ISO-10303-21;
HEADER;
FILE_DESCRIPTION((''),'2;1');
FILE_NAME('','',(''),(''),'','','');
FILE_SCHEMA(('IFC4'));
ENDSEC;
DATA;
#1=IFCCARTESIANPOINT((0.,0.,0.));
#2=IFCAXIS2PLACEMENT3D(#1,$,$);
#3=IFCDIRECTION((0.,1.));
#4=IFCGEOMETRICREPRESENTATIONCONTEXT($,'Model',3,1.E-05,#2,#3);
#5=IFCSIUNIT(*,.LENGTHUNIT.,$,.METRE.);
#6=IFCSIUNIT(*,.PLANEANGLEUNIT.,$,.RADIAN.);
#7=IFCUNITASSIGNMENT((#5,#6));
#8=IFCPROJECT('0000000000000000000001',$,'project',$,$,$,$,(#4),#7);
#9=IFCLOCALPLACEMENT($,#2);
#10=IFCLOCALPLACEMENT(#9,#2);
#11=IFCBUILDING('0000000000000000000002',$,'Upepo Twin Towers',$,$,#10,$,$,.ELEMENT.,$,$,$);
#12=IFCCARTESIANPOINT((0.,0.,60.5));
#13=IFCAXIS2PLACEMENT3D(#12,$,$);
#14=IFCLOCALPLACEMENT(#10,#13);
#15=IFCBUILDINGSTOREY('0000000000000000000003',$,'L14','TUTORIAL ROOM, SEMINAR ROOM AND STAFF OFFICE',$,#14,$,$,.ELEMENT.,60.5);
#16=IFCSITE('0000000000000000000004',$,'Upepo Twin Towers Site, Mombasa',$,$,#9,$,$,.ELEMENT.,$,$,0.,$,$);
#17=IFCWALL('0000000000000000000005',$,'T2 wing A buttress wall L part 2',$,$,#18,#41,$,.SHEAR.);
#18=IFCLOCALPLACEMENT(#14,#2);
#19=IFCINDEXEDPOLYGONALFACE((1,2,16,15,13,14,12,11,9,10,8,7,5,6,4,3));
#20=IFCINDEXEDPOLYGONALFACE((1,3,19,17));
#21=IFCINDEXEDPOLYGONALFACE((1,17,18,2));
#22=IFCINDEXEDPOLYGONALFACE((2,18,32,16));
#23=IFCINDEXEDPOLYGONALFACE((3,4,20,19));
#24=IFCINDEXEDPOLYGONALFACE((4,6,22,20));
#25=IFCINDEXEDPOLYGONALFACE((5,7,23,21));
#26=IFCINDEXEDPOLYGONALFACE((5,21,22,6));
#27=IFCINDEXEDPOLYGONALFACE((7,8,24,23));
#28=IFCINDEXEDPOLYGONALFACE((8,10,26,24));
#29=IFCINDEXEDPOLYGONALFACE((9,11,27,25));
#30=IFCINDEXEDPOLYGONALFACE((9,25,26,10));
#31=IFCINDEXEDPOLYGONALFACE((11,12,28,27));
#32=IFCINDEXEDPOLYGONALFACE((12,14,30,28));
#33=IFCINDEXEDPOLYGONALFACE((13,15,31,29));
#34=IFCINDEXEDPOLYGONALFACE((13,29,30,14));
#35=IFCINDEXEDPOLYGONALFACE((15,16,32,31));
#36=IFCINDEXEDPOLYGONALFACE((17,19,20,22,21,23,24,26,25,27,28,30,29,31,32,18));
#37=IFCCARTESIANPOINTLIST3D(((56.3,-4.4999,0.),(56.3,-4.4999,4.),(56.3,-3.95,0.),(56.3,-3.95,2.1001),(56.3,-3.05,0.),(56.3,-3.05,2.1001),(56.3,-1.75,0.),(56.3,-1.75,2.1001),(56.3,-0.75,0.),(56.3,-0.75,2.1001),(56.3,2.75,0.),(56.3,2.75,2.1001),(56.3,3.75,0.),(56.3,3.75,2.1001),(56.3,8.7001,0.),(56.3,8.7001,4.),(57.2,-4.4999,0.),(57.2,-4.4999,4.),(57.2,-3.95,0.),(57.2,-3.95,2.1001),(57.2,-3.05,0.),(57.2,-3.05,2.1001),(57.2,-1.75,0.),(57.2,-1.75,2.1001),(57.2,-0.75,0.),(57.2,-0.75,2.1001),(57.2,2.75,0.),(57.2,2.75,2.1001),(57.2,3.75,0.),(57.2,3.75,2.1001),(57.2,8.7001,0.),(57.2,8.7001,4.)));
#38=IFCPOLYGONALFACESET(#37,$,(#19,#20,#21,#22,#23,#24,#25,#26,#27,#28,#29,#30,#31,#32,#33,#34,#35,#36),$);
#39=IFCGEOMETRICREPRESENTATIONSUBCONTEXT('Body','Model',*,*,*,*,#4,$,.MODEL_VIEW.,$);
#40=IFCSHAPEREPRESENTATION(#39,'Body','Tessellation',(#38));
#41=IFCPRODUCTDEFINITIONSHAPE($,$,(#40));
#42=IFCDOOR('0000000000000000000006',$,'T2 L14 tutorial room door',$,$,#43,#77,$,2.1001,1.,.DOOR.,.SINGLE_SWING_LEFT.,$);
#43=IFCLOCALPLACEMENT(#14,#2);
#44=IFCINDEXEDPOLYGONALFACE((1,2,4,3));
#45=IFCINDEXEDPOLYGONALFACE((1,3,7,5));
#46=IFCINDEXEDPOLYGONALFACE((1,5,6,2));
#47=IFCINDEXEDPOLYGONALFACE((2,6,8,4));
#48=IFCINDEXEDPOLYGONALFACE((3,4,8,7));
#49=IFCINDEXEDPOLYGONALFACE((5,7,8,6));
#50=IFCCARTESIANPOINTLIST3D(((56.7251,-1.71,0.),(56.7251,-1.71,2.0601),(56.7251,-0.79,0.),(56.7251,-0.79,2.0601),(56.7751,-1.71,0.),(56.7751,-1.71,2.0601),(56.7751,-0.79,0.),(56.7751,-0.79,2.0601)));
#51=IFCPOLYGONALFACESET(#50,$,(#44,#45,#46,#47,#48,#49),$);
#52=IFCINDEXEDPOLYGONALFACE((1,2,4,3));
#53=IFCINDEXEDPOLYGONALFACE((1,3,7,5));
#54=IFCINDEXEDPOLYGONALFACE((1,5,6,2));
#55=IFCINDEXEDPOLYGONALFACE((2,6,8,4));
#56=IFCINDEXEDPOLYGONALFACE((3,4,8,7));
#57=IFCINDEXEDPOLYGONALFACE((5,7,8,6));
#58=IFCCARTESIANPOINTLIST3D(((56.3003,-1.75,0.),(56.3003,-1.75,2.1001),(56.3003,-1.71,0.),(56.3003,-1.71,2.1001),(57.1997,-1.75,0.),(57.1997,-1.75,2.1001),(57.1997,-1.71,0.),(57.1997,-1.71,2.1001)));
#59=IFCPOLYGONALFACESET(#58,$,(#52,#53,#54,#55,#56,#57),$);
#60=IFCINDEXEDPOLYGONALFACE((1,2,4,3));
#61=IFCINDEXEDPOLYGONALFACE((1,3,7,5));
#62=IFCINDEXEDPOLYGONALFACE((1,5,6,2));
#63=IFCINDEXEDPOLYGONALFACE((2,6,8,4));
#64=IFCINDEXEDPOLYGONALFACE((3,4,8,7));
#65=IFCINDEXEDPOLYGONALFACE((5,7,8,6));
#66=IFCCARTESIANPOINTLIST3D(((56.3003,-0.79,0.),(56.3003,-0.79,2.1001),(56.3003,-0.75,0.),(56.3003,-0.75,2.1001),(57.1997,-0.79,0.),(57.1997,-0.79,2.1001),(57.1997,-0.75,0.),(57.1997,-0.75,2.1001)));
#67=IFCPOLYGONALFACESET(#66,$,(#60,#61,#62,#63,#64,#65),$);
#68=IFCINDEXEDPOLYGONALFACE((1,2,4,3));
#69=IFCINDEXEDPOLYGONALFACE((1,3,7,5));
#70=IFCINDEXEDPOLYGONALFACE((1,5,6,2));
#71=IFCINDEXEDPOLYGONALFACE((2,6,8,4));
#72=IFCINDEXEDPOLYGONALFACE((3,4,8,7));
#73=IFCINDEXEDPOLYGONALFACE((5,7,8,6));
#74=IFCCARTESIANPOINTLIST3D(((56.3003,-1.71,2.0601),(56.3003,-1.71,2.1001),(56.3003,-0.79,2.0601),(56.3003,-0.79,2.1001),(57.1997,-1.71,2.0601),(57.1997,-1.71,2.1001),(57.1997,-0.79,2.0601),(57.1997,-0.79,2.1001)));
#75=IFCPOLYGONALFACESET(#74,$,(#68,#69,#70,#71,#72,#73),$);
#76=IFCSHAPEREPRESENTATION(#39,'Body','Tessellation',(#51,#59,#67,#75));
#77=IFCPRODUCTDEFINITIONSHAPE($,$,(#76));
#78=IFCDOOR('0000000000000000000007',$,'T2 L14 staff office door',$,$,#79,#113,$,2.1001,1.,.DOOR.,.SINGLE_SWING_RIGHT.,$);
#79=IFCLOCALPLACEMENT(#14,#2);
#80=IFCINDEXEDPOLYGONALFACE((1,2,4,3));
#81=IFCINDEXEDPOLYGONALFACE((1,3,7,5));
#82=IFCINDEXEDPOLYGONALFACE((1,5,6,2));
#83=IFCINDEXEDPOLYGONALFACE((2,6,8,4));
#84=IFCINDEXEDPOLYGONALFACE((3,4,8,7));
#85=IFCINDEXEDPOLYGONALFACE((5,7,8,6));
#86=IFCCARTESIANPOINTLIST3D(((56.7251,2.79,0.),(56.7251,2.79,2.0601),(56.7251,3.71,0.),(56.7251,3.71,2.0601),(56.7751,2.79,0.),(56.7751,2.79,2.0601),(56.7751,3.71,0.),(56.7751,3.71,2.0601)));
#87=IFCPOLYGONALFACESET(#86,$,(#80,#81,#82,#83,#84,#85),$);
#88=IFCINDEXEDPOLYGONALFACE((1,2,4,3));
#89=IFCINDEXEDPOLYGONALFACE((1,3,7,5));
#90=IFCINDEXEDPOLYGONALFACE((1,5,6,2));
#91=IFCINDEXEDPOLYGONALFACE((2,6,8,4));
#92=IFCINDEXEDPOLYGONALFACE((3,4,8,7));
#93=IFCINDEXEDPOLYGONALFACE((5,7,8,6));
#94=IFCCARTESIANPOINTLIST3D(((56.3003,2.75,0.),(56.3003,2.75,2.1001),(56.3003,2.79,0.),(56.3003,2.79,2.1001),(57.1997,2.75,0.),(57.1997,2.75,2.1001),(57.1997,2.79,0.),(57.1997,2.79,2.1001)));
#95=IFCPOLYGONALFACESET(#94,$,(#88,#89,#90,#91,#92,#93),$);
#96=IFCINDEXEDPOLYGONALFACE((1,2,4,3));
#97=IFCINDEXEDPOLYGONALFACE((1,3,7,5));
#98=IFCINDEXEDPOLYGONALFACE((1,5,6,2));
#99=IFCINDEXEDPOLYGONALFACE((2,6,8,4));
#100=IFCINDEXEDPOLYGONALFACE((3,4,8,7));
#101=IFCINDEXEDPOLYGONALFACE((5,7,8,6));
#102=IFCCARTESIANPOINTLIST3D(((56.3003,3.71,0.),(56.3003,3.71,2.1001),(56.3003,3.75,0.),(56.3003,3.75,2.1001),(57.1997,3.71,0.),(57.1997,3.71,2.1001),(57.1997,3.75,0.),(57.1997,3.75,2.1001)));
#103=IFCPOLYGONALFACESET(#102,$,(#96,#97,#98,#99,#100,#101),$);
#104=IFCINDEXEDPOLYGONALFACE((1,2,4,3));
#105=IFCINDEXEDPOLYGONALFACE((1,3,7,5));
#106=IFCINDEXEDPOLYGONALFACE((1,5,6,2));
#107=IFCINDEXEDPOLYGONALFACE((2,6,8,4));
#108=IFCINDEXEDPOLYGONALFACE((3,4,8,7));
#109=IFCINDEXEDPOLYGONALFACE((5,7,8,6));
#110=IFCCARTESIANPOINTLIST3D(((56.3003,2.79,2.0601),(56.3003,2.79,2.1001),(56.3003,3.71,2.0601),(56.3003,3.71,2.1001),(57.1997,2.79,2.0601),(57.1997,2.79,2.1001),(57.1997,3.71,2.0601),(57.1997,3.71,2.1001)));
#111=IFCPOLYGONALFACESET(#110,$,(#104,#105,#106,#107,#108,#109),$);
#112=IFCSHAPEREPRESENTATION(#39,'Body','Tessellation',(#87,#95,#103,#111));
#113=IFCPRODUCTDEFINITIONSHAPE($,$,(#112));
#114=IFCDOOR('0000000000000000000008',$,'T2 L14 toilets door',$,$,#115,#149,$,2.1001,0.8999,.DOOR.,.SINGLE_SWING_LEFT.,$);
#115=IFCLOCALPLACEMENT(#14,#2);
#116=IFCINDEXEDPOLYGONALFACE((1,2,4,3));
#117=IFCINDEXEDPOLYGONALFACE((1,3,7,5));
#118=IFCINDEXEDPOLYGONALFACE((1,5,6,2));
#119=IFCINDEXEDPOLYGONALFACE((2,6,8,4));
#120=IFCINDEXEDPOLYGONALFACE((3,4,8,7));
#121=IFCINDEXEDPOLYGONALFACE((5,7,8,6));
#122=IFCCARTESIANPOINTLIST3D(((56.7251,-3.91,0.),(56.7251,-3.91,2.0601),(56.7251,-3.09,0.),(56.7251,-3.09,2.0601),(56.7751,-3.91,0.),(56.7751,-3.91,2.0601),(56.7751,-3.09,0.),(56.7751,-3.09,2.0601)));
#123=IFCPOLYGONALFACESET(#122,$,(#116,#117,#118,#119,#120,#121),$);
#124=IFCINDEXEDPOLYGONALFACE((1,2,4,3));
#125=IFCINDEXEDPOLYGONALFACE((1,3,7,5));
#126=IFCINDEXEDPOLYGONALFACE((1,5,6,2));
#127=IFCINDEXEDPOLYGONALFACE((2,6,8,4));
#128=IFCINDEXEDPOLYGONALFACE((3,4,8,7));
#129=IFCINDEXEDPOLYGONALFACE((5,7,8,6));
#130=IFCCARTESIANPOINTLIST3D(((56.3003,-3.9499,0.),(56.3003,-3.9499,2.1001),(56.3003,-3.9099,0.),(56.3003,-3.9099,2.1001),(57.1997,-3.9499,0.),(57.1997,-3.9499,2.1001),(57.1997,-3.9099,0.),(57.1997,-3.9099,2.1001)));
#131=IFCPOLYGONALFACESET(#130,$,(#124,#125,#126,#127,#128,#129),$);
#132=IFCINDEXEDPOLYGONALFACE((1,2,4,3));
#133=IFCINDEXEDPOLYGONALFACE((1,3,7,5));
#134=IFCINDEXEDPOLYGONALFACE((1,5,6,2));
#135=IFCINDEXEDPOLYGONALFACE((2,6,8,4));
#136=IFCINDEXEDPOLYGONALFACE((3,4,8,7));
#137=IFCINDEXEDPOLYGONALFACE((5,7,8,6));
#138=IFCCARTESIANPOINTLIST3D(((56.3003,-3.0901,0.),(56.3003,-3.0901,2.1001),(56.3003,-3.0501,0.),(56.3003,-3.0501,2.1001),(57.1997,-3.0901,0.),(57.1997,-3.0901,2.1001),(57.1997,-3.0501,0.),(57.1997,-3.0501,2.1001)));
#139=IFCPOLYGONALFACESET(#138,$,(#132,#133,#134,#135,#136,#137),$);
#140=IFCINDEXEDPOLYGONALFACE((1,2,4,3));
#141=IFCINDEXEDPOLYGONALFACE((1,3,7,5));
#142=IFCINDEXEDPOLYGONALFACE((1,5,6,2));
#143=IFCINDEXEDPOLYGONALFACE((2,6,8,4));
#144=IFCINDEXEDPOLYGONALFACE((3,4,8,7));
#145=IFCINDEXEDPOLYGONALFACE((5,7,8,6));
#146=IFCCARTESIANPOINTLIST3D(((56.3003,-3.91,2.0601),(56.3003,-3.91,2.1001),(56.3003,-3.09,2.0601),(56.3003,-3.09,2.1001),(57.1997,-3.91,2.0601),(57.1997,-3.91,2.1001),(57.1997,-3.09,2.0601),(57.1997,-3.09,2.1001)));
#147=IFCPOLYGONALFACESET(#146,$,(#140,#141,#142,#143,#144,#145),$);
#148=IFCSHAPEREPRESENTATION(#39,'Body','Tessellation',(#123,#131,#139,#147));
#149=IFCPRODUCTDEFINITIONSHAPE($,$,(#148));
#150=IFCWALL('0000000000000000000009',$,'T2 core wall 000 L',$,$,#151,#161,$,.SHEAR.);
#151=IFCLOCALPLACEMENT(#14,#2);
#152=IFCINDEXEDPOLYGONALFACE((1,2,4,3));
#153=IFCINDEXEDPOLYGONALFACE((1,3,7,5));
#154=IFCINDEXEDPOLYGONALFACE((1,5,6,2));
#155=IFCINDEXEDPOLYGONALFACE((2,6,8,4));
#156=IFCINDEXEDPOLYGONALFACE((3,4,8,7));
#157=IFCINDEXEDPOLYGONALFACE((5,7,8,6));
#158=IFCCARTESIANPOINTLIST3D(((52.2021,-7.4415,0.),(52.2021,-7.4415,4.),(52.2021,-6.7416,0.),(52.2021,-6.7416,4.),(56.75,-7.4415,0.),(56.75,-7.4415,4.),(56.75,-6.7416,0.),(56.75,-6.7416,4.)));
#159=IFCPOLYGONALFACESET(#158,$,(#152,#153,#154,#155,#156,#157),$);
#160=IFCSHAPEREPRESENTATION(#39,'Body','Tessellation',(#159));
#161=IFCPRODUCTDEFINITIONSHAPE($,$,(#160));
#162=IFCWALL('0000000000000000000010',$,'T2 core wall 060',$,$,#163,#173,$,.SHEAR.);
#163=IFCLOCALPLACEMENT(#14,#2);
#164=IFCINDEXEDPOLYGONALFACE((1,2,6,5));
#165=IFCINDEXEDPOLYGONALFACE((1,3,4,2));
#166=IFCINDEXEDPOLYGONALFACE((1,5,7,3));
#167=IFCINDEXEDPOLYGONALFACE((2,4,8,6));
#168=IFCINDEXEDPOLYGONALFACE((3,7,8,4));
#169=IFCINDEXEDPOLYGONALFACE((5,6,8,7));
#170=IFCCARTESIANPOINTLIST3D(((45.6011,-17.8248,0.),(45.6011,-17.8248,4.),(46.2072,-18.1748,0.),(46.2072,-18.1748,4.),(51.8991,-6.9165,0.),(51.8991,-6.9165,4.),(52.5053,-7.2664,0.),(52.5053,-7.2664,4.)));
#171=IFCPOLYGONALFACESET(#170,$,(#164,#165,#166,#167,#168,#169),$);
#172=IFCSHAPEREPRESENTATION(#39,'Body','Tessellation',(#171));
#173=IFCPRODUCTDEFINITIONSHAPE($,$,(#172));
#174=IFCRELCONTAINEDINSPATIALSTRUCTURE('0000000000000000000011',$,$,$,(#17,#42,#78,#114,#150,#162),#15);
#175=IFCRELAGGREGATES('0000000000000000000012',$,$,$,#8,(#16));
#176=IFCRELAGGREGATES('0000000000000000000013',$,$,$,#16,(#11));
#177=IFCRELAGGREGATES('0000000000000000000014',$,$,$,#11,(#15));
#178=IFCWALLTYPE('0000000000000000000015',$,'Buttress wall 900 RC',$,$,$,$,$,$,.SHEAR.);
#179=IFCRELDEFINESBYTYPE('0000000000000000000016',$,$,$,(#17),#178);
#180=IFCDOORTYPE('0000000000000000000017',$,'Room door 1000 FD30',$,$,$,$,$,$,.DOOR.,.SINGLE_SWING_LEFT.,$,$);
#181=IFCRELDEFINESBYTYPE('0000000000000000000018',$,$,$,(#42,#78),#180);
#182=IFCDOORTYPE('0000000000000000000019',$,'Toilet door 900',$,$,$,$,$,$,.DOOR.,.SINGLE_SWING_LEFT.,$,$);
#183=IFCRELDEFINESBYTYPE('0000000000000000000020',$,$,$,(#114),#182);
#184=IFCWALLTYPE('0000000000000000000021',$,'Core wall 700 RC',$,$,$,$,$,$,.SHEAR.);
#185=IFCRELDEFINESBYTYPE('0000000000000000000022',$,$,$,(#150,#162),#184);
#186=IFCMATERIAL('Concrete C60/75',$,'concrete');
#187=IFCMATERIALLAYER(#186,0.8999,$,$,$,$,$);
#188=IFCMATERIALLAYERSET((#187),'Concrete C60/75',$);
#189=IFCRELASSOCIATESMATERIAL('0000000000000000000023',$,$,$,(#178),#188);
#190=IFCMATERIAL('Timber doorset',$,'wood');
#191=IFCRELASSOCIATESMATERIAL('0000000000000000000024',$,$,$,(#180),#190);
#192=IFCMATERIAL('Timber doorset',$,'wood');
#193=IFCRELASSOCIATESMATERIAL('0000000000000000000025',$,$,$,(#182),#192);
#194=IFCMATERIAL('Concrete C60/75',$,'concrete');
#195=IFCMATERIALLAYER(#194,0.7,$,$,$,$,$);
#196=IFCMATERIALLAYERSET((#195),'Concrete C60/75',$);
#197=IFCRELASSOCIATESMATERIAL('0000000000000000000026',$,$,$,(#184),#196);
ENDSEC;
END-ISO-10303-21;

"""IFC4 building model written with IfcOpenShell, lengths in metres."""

from ifc_helpers import new_model, si_unit, direction, frame, frame_2d, origin, place, context, subcontext, project, spatial, rectangle, extrude, material, layer, layer_set, type_object, element, fill, save


model = new_model("IFC4")

# Units and contexts
model_context = context("Model", 3, precision=1e-05, world=origin(), true_north=direction((0.0, 1.0)))
body_context = subcontext(model_context, "Body", "Model", "MODEL_VIEW")
ifc_project = project(units=[si_unit("LENGTHUNIT", "METRE"), si_unit("PLANEANGLEUNIT", "RADIAN")], contexts=[model_context])

# Site, building, storey
site_placement = place(None, origin())
site = spatial("IfcSite", under=ifc_project, at=site_placement, Name="Upepo Twin Towers Site, Mombasa", CompositionType="ELEMENT", RefElevation=0.0)
building_placement = place(site_placement, origin())
building = spatial("IfcBuilding", under=site, at=building_placement, Name="Upepo Twin Towers", CompositionType="ELEMENT")
storey_placement = place(building_placement, frame((0.0, 0.0, 60.5)))
storey = spatial("IfcBuildingStorey", under=building, at=storey_placement, Name="L14", Description="TUTORIAL ROOM, SEMINAR ROOM AND STAFF OFFICE", CompositionType="ELEMENT", Elevation=60.5)

# Wall, openings, doors
ifc_material_1 = material(Name="Concrete C60/75", Category="concrete")
ifc_layer_1 = layer(ifc_material_1, 0.8999)
ifc_layer_set_1 = layer_set([ifc_layer_1], Name="Concrete C60/75")
wall_type_1 = type_object("IfcWallType", Name="Buttress wall 900 RC", PredefinedType="SHEAR", material=ifc_layer_set_1)
wall_1_placement = place(storey_placement, frame((56.75, -4.5, 0.0), z_axis=(0.0, 0.0, 1.0), x_axis=(0.0, 1.0, 0.0)))
wall_1 = element("IfcWall", 1, at=wall_1_placement, inside=storey, type_object=wall_type_1, Name="T2 wing A buttress wall L part 2", PredefinedType="SHEAR", context=body_context, shape_type="SweptSolid", body=[
    extrude(rectangle(XDim=13.2, YDim=0.8999, at=frame_2d((6.6001, 0.0))), origin(), (0.0, 0.0, 1.0), 4.0),
])
opening_1_placement = place(wall_1_placement, frame((0.55, 0.0, 0.0)))
opening_1 = element("IfcOpeningElement", 2, at=opening_1_placement, cuts=wall_1, PredefinedType="OPENING", context=body_context, shape_type="SweptSolid", body=[
    extrude(rectangle(XDim=0.8999, YDim=2.1001, at=frame_2d((0.45, 1.05))), frame((0.0, 0.46, 0.0), z_axis=(0.0, -1.0, 0.0), x_axis=(1.0, 0.0, 0.0)), (0.0, 0.0, 1.0), 0.9199),
])
opening_2_placement = place(wall_1_placement, frame((2.75, 0.0, 0.0)))
opening_2 = element("IfcOpeningElement", 3, at=opening_2_placement, cuts=wall_1, PredefinedType="OPENING", context=body_context, shape_type="SweptSolid", body=[
    extrude(rectangle(XDim=1.0, YDim=2.1001, at=frame_2d((0.5, 1.05))), frame((0.0, 0.46, 0.0), z_axis=(0.0, -1.0, 0.0), x_axis=(1.0, 0.0, 0.0)), (0.0, 0.0, 1.0), 0.9199),
])
opening_3_placement = place(wall_1_placement, frame((7.25, 0.0, 0.0)))
opening_3 = element("IfcOpeningElement", 4, at=opening_3_placement, cuts=wall_1, PredefinedType="OPENING", context=body_context, shape_type="SweptSolid", body=[
    extrude(rectangle(XDim=1.0, YDim=2.1001, at=frame_2d((0.5, 1.05))), frame((0.0, 0.46, 0.0), z_axis=(0.0, -1.0, 0.0), x_axis=(1.0, 0.0, 0.0)), (0.0, 0.0, 1.0), 0.9199),
])
ifc_material_2 = material(Name="Timber doorset", Category="wood")
door_type_1 = type_object("IfcDoorType", Name="Room door 1000 FD30", OperationType="SINGLE_SWING_LEFT", PredefinedType="DOOR", material=ifc_material_2)
door_1_placement = place(opening_2_placement, origin())
door_1 = element("IfcDoor", 5, at=door_1_placement, inside=storey, type_object=door_type_1, Name="T2 L14 tutorial room door", OperationType="SINGLE_SWING_LEFT", OverallHeight=2.1001, OverallWidth=1.0, PredefinedType="DOOR", context=body_context, shape_type="SweptSolid", body=[
    extrude(rectangle(XDim=0.92, YDim=2.0601, at=frame_2d((0.5, 1.03))), frame((0.0, 0.0249, 0.0), z_axis=(0.0, -1.0, 0.0), x_axis=(1.0, 0.0, 0.0)), (0.0, 0.0, 1.0), 0.05),
    extrude(rectangle(XDim=0.04, YDim=2.1001, at=frame_2d((0.02, 1.05))), frame((0.0, 0.4497, 0.0), z_axis=(0.0, -1.0, 0.0), x_axis=(1.0, 0.0, 0.0)), (0.0, 0.0, 1.0), 0.8994),
    extrude(rectangle(XDim=0.04, YDim=2.1001, at=frame_2d((0.98, 1.05))), frame((0.0, 0.4497, 0.0), z_axis=(0.0, -1.0, 0.0), x_axis=(1.0, 0.0, 0.0)), (0.0, 0.0, 1.0), 0.8994),
    extrude(rectangle(XDim=0.92, YDim=0.04, at=frame_2d((0.5, 2.0801))), frame((0.0, 0.4497, 0.0), z_axis=(0.0, -1.0, 0.0), x_axis=(1.0, 0.0, 0.0)), (0.0, 0.0, 1.0), 0.8994),
])
fill(opening_2, door_1)
door_2_placement = place(opening_3_placement, origin())
door_2 = element("IfcDoor", 6, at=door_2_placement, inside=storey, type_object=door_type_1, Name="T2 L14 staff office door", OperationType="SINGLE_SWING_RIGHT", OverallHeight=2.1001, OverallWidth=1.0, PredefinedType="DOOR", context=body_context, shape_type="SweptSolid", body=[
    extrude(rectangle(XDim=0.92, YDim=2.0601, at=frame_2d((0.5, 1.03))), frame((0.0, 0.0249, 0.0), z_axis=(0.0, -1.0, 0.0), x_axis=(1.0, 0.0, 0.0)), (0.0, 0.0, 1.0), 0.05),
    extrude(rectangle(XDim=0.04, YDim=2.1001, at=frame_2d((0.02, 1.05))), frame((0.0, 0.4497, 0.0), z_axis=(0.0, -1.0, 0.0), x_axis=(1.0, 0.0, 0.0)), (0.0, 0.0, 1.0), 0.8994),
    extrude(rectangle(XDim=0.04, YDim=2.1001, at=frame_2d((0.98, 1.05))), frame((0.0, 0.4497, 0.0), z_axis=(0.0, -1.0, 0.0), x_axis=(1.0, 0.0, 0.0)), (0.0, 0.0, 1.0), 0.8994),
    extrude(rectangle(XDim=0.92, YDim=0.04, at=frame_2d((0.5, 2.0801))), frame((0.0, 0.4497, 0.0), z_axis=(0.0, -1.0, 0.0), x_axis=(1.0, 0.0, 0.0)), (0.0, 0.0, 1.0), 0.8994),
])
fill(opening_3, door_2)
ifc_material_3 = material(Name="Timber doorset", Category="wood")
door_type_2 = type_object("IfcDoorType", Name="Toilet door 900", OperationType="SINGLE_SWING_LEFT", PredefinedType="DOOR", material=ifc_material_3)
door_3_placement = place(opening_1_placement, origin())
door_3 = element("IfcDoor", 7, at=door_3_placement, inside=storey, type_object=door_type_2, Name="T2 L14 toilets door", OperationType="SINGLE_SWING_LEFT", OverallHeight=2.1001, OverallWidth=0.8999, PredefinedType="DOOR", context=body_context, shape_type="SweptSolid", body=[
    extrude(rectangle(XDim=0.8199, YDim=2.0601, at=frame_2d((0.45, 1.03))), frame((0.0, 0.0249, 0.0), z_axis=(0.0, -1.0, 0.0), x_axis=(1.0, 0.0, 0.0)), (0.0, 0.0, 1.0), 0.05),
    extrude(rectangle(XDim=0.04, YDim=2.1001, at=frame_2d((0.02, 1.05))), frame((0.0, 0.4497, 0.0), z_axis=(0.0, -1.0, 0.0), x_axis=(1.0, 0.0, 0.0)), (0.0, 0.0, 1.0), 0.8994),
    extrude(rectangle(XDim=0.04, YDim=2.1001, at=frame_2d((0.8799, 1.05))), frame((0.0, 0.4497, 0.0), z_axis=(0.0, -1.0, 0.0), x_axis=(1.0, 0.0, 0.0)), (0.0, 0.0, 1.0), 0.8994),
    extrude(rectangle(XDim=0.8199, YDim=0.04, at=frame_2d((0.45, 2.0801))), frame((0.0, 0.4497, 0.0), z_axis=(0.0, -1.0, 0.0), x_axis=(1.0, 0.0, 0.0)), (0.0, 0.0, 1.0), 0.8994),
])
fill(opening_1, door_3)

# Walls
ifc_material_4 = material(Name="Concrete C60/75", Category="concrete")
ifc_layer_2 = layer(ifc_material_4, 0.7)
ifc_layer_set_2 = layer_set([ifc_layer_2], Name="Concrete C60/75")
wall_type_2 = type_object("IfcWallType", Name="Core wall 700 RC", PredefinedType="SHEAR", material=ifc_layer_set_2)
wall_2_placement = place(storey_placement, frame((56.75, -7.0916, 0.0), z_axis=(0.0, 0.0, 1.0), x_axis=(-1.0, 0.0, 0.0)))
element("IfcWall", 8, at=wall_2_placement, inside=storey, type_object=wall_type_2, Name="T2 core wall 000 L", PredefinedType="SHEAR", context=body_context, shape_type="SweptSolid", body=[
    extrude(rectangle(XDim=4.5479, YDim=0.7, at=frame_2d((2.2739, 0.0))), origin(), (0.0, 0.0, 1.0), 4.0),
])
wall_3_placement = place(storey_placement, frame((52.2021, -7.0916, 0.0), z_axis=(0.0, 0.0, 1.0), x_axis=(-0.500006, -0.866022, 0.0)))
element("IfcWall", 9, at=wall_3_placement, inside=storey, type_object=wall_type_2, Name="T2 core wall 060", PredefinedType="SHEAR", context=body_context, shape_type="SweptSolid", body=[
    extrude(rectangle(XDim=12.5959, YDim=0.7, at=frame_2d((6.2979, 0.0))), origin(), (0.0, 0.0, 1.0), 4.0),
])

save(model, "model.ifc")
